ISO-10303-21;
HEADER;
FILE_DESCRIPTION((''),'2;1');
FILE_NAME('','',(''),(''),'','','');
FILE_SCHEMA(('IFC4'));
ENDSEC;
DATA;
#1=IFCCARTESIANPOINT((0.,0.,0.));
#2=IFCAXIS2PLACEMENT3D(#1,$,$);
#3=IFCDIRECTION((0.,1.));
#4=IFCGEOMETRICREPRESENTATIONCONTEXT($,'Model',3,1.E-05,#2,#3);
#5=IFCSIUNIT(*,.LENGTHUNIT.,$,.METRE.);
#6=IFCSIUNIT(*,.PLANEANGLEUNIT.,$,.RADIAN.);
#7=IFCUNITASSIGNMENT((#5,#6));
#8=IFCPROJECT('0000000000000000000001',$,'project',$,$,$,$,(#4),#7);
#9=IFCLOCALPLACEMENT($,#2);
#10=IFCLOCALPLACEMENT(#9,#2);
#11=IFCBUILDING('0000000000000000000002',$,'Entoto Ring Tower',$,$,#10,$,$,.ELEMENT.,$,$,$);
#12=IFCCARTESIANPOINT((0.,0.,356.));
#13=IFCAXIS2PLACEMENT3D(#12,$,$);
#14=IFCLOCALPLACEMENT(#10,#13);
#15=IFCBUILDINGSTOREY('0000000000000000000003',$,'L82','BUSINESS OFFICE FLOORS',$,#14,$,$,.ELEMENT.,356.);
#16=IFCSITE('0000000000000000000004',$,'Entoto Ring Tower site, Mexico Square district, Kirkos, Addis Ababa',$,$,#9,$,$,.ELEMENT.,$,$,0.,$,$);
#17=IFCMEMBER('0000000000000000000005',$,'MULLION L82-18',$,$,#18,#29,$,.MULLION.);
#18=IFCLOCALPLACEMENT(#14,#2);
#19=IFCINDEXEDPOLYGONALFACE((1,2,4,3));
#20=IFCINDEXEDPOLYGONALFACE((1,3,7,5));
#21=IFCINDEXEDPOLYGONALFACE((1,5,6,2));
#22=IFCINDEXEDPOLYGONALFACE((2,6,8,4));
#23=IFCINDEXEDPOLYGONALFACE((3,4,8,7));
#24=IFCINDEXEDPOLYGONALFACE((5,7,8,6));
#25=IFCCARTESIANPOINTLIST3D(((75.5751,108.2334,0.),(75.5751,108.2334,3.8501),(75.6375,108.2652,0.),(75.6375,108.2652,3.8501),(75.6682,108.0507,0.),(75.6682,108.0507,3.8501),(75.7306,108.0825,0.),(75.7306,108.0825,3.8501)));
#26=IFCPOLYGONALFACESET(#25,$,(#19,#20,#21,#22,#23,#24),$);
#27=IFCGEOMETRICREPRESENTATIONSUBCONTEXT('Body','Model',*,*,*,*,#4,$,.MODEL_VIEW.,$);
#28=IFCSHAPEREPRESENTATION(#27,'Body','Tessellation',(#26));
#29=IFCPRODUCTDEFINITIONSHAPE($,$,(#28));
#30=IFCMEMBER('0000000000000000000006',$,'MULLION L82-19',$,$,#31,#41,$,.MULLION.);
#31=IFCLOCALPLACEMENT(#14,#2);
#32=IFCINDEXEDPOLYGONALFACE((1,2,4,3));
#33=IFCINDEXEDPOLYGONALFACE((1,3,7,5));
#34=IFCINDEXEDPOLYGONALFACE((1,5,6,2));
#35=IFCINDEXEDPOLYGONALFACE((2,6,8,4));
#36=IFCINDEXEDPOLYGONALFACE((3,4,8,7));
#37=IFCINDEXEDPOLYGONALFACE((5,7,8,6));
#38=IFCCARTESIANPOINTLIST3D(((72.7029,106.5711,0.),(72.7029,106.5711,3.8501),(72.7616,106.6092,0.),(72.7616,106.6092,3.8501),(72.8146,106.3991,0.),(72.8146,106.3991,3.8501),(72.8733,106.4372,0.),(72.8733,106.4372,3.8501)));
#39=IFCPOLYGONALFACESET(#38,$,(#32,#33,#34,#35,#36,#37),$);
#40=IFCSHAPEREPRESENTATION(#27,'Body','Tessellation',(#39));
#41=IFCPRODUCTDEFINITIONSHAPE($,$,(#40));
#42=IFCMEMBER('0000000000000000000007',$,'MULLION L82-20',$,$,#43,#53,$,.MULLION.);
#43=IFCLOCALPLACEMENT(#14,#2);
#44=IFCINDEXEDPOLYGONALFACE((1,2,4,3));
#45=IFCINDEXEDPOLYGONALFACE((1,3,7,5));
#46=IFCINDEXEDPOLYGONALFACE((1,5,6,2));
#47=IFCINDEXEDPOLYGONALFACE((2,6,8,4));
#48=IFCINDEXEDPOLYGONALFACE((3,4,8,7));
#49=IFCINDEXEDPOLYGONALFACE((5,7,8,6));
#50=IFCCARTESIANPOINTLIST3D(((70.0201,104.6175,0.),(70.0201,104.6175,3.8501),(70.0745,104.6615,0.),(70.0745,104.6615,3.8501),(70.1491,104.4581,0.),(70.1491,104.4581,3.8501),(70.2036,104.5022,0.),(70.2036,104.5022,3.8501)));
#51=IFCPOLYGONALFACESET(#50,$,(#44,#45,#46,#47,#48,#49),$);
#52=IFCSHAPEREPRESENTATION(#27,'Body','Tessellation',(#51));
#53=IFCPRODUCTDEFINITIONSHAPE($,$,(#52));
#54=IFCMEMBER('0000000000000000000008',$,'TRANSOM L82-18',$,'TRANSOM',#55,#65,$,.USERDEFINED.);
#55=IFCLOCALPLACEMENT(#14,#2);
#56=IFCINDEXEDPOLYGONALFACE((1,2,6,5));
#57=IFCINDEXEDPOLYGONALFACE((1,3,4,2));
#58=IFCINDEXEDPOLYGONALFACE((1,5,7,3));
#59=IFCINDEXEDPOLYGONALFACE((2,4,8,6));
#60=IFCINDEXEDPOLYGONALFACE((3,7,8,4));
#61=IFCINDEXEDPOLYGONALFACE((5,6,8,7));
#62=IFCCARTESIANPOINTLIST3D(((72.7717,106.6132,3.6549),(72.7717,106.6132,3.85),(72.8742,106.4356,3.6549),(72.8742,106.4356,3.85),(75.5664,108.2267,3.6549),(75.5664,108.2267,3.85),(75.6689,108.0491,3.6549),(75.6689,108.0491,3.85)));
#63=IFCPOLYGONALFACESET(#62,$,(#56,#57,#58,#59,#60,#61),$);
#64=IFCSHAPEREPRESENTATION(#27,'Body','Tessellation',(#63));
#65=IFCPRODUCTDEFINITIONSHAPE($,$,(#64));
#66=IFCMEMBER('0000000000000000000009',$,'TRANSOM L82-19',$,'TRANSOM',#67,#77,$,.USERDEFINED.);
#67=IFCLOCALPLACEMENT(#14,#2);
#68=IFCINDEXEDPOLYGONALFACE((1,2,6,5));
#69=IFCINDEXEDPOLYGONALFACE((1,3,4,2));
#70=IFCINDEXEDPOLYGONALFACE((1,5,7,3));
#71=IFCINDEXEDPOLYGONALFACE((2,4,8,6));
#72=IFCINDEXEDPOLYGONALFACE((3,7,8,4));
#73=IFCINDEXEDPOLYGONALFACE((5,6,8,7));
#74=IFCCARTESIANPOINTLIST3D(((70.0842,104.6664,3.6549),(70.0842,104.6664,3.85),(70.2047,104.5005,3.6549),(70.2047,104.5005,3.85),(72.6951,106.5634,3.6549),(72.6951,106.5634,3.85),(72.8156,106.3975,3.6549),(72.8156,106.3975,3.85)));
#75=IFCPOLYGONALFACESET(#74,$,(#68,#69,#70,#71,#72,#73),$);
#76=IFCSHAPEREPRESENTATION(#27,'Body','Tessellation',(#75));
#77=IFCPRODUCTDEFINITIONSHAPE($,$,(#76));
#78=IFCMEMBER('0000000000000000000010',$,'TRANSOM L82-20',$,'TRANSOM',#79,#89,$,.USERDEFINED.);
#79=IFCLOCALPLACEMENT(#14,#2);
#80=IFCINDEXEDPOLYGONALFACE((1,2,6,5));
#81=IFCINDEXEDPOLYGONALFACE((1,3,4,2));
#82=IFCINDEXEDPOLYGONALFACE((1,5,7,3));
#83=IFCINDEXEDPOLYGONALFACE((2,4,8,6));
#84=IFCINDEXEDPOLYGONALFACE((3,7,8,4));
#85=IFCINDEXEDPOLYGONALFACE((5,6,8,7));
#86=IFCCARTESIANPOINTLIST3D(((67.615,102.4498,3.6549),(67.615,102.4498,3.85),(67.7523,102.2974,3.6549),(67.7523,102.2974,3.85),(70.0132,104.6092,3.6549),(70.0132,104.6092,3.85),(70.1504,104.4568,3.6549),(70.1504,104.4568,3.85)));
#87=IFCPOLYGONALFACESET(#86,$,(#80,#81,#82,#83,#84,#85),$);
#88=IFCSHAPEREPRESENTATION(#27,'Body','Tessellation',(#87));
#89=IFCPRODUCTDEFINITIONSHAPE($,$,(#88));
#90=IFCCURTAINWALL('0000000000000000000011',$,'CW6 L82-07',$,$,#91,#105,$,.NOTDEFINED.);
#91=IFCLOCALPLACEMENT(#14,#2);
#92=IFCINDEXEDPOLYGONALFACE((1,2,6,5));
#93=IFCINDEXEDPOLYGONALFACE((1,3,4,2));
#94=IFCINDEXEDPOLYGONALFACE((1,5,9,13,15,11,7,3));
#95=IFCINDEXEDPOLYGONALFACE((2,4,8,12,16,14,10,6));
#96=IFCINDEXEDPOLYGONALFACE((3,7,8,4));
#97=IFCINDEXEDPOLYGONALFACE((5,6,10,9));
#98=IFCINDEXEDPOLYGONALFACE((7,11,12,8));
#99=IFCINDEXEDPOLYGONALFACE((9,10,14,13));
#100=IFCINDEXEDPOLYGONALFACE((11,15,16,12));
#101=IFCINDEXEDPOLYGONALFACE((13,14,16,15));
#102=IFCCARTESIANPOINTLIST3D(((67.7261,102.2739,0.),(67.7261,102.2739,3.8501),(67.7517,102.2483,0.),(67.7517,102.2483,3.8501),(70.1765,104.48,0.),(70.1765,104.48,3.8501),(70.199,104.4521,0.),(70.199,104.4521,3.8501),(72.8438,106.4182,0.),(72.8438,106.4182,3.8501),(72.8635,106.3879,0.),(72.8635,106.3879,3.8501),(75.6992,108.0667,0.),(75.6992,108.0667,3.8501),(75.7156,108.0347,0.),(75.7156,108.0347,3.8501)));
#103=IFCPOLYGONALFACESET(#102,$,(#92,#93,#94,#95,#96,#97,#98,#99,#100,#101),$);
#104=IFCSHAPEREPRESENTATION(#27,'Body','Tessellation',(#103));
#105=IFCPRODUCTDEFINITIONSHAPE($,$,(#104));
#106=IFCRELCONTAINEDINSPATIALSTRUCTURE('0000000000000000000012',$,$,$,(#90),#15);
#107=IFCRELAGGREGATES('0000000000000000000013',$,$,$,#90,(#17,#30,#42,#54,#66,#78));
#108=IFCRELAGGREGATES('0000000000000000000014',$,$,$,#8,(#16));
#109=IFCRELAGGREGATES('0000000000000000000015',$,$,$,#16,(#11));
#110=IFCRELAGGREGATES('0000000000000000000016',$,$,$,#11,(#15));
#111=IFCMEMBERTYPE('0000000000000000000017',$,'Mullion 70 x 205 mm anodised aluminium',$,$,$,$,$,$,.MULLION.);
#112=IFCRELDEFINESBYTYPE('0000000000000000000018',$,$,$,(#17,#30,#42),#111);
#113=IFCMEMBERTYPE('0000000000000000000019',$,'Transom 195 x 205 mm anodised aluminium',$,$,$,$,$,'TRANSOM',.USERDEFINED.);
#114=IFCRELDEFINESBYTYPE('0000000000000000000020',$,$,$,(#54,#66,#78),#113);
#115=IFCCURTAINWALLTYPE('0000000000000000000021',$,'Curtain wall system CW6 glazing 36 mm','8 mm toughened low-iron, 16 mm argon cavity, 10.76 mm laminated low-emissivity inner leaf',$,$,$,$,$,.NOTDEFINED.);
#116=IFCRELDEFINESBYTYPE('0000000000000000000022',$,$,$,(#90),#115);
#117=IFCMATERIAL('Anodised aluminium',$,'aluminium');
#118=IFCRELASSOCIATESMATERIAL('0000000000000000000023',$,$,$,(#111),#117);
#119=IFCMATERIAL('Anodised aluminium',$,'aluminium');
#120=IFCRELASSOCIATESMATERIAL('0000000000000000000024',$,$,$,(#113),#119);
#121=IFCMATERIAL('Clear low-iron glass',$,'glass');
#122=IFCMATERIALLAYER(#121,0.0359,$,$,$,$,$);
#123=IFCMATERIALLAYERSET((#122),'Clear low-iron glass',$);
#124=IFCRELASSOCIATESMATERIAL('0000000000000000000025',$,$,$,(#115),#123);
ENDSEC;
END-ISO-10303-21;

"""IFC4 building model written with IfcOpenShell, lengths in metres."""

from ifc_helpers import new_model, si_unit, direction, frame, origin, origin_2d, place, context, subcontext, project, spatial, polyline, rectangle, outline, extrude, material, layer, layer_set, material_profile, profile_set, type_object, element, aggregate, save


model = new_model("IFC4")

# Units and contexts
model_context = context("Model", 3, precision=1e-05, world=origin(), true_north=direction((0.0, 1.0)))
body_context = subcontext(model_context, "Body", "Model", "MODEL_VIEW")
ifc_project = project(units=[si_unit("LENGTHUNIT", "METRE"), si_unit("PLANEANGLEUNIT", "RADIAN")], contexts=[model_context])

# Members
ifc_material_1 = material(Name="Anodised aluminium", Category="aluminium")
ifc_material_profile_1 = material_profile(ifc_material_1, rectangle(XDim=0.0701, YDim=0.2051, at=origin_2d()), Name="Mullion 70 x 205 mm anodised aluminium")
ifc_profile_set_1 = profile_set([ifc_material_profile_1], Name="Anodised aluminium")
member_type_1 = type_object("IfcMemberType", Name="Mullion 70 x 205 mm anodised aluminium", PredefinedType="MULLION", material=ifc_profile_set_1)
site_placement = place(None, origin())
building_placement = place(site_placement, origin())
storey_placement = place(building_placement, frame((0.0, 0.0, 356.0)))
member_1_placement = place(storey_placement, frame((75.6528, 108.158, 0.0), z_axis=(0.0, 0.0, 1.0), x_axis=(-0.891007, -0.45399, 0.0)))
member_1 = element("IfcMember", 1, at=member_1_placement, type_object=member_type_1, Name="MULLION L82-18", PredefinedType="MULLION", context=body_context, shape_type="SweptSolid", body=[
    extrude(rectangle(XDim=0.0701, YDim=0.2051, at=origin_2d()), origin(), (0.0, 0.0, 1.0), 3.8501),
])
member_2_placement = place(storey_placement, frame((72.7881, 106.5042, 0.0), z_axis=(0.0, 0.0, 1.0), x_axis=(-0.838671, -0.544639, 0.0)))
member_2 = element("IfcMember", 2, at=member_2_placement, type_object=member_type_1, Name="MULLION L82-19", PredefinedType="MULLION", context=body_context, shape_type="SweptSolid", body=[
    extrude(rectangle(XDim=0.0701, YDim=0.2051, at=origin_2d()), origin(), (0.0, 0.0, 1.0), 3.8501),
])
member_3_placement = place(storey_placement, frame((70.1118, 104.5598, 0.0), z_axis=(0.0, 0.0, 1.0), x_axis=(-0.777146, -0.62932, 0.0)))
member_3 = element("IfcMember", 3, at=member_3_placement, type_object=member_type_1, Name="MULLION L82-20", PredefinedType="MULLION", context=body_context, shape_type="SweptSolid", body=[
    extrude(rectangle(XDim=0.0701, YDim=0.2051, at=origin_2d()), origin(), (0.0, 0.0, 1.0), 3.8501),
])
ifc_material_2 = material(Name="Anodised aluminium", Category="aluminium")
ifc_material_profile_2 = material_profile(ifc_material_2, rectangle(XDim=0.2051, YDim=0.1951, at=origin_2d()), Name="Transom 195 x 205 mm anodised aluminium")
ifc_profile_set_2 = profile_set([ifc_material_profile_2], Name="Anodised aluminium")
member_type_2 = type_object("IfcMemberType", Name="Transom 195 x 205 mm anodised aluminium", ElementType="TRANSOM", PredefinedType="USERDEFINED", material=ifc_profile_set_2)
member_4_placement = place(storey_placement, frame((75.6177, 108.1379, 3.7524), z_axis=(-0.866023, -0.500004, 0.0), x_axis=(0.500004, -0.866023, 0.0)))
member_4 = element("IfcMember", 4, at=member_4_placement, type_object=member_type_2, Name="TRANSOM L82-18", ObjectType="TRANSOM", PredefinedType="USERDEFINED", context=body_context, shape_type="SweptSolid", body=[
    extrude(rectangle(XDim=0.2051, YDim=0.1951, at=origin_2d()), origin(), (0.0, 0.0, 1.0), 3.2271),
])
member_5_placement = place(storey_placement, frame((72.7554, 106.4805, 3.7524), z_axis=(-0.809004, -0.587803, 0.0), x_axis=(0.587803, -0.809004, 0.0)))
member_5 = element("IfcMember", 5, at=member_5_placement, type_object=member_type_2, Name="TRANSOM L82-19", ObjectType="TRANSOM", PredefinedType="USERDEFINED", context=body_context, shape_type="SweptSolid", body=[
    extrude(rectangle(XDim=0.2051, YDim=0.1951, at=origin_2d()), origin(), (0.0, 0.0, 1.0), 3.2273),
])
member_6_placement = place(storey_placement, frame((70.0818, 104.533, 3.7524), z_axis=(-0.743132, -0.669144, 0.0), x_axis=(0.669144, -0.743132, 0.0)))
member_6 = element("IfcMember", 6, at=member_6_placement, type_object=member_type_2, Name="TRANSOM L82-20", ObjectType="TRANSOM", PredefinedType="USERDEFINED", context=body_context, shape_type="SweptSolid", body=[
    extrude(rectangle(XDim=0.2051, YDim=0.1951, at=origin_2d()), origin(), (0.0, 0.0, 1.0), 3.2271),
])

# Site, building, storey
site = spatial("IfcSite", under=ifc_project, at=site_placement, Name="Entoto Ring Tower site, Mexico Square district, Kirkos, Addis Ababa", CompositionType="ELEMENT", RefElevation=0.0)
building = spatial("IfcBuilding", under=site, at=building_placement, Name="Entoto Ring Tower", CompositionType="ELEMENT")
storey = spatial("IfcBuildingStorey", under=building, at=storey_placement, Name="L82", Description="BUSINESS OFFICE FLOORS", CompositionType="ELEMENT", Elevation=356.0)

# Curtain wall
ifc_material_3 = material(Name="Clear low-iron glass", Category="glass")
ifc_layer = layer(ifc_material_3, 0.0359)
ifc_layer_set = layer_set([ifc_layer], Name="Clear low-iron glass")
curtain_wall_type = type_object("IfcCurtainWallType", Name="Curtain wall system CW6 glazing 36 mm", Description="8 mm toughened low-iron, 16 mm argon cavity, 10.76 mm laminated low-emissivity inner leaf", PredefinedType="NOTDEFINED", material=ifc_layer_set)
curtain_wall_1_placement = place(storey_placement, origin())
curtain_wall_1 = element("IfcCurtainWall", 7, at=curtain_wall_1_placement, inside=storey, type_object=curtain_wall_type, Name="CW6 L82-07", PredefinedType="NOTDEFINED", context=body_context, shape_type="SweptSolid", body=[
    extrude(outline(polyline([(75.6992, 108.0667), (72.8438, 106.4182), (70.1765, 104.48), (67.7261, 102.2739), (67.7517, 102.2483), (70.199, 104.4521), (72.8635, 106.3879), (75.7156, 108.0347), (75.6992, 108.0667)])), origin(), (0.0, 0.0, 1.0), 3.8501),
])
aggregate(curtain_wall_1, [member_1, member_2, member_3, member_4, member_5, member_6])

save(model, "model.ifc")
